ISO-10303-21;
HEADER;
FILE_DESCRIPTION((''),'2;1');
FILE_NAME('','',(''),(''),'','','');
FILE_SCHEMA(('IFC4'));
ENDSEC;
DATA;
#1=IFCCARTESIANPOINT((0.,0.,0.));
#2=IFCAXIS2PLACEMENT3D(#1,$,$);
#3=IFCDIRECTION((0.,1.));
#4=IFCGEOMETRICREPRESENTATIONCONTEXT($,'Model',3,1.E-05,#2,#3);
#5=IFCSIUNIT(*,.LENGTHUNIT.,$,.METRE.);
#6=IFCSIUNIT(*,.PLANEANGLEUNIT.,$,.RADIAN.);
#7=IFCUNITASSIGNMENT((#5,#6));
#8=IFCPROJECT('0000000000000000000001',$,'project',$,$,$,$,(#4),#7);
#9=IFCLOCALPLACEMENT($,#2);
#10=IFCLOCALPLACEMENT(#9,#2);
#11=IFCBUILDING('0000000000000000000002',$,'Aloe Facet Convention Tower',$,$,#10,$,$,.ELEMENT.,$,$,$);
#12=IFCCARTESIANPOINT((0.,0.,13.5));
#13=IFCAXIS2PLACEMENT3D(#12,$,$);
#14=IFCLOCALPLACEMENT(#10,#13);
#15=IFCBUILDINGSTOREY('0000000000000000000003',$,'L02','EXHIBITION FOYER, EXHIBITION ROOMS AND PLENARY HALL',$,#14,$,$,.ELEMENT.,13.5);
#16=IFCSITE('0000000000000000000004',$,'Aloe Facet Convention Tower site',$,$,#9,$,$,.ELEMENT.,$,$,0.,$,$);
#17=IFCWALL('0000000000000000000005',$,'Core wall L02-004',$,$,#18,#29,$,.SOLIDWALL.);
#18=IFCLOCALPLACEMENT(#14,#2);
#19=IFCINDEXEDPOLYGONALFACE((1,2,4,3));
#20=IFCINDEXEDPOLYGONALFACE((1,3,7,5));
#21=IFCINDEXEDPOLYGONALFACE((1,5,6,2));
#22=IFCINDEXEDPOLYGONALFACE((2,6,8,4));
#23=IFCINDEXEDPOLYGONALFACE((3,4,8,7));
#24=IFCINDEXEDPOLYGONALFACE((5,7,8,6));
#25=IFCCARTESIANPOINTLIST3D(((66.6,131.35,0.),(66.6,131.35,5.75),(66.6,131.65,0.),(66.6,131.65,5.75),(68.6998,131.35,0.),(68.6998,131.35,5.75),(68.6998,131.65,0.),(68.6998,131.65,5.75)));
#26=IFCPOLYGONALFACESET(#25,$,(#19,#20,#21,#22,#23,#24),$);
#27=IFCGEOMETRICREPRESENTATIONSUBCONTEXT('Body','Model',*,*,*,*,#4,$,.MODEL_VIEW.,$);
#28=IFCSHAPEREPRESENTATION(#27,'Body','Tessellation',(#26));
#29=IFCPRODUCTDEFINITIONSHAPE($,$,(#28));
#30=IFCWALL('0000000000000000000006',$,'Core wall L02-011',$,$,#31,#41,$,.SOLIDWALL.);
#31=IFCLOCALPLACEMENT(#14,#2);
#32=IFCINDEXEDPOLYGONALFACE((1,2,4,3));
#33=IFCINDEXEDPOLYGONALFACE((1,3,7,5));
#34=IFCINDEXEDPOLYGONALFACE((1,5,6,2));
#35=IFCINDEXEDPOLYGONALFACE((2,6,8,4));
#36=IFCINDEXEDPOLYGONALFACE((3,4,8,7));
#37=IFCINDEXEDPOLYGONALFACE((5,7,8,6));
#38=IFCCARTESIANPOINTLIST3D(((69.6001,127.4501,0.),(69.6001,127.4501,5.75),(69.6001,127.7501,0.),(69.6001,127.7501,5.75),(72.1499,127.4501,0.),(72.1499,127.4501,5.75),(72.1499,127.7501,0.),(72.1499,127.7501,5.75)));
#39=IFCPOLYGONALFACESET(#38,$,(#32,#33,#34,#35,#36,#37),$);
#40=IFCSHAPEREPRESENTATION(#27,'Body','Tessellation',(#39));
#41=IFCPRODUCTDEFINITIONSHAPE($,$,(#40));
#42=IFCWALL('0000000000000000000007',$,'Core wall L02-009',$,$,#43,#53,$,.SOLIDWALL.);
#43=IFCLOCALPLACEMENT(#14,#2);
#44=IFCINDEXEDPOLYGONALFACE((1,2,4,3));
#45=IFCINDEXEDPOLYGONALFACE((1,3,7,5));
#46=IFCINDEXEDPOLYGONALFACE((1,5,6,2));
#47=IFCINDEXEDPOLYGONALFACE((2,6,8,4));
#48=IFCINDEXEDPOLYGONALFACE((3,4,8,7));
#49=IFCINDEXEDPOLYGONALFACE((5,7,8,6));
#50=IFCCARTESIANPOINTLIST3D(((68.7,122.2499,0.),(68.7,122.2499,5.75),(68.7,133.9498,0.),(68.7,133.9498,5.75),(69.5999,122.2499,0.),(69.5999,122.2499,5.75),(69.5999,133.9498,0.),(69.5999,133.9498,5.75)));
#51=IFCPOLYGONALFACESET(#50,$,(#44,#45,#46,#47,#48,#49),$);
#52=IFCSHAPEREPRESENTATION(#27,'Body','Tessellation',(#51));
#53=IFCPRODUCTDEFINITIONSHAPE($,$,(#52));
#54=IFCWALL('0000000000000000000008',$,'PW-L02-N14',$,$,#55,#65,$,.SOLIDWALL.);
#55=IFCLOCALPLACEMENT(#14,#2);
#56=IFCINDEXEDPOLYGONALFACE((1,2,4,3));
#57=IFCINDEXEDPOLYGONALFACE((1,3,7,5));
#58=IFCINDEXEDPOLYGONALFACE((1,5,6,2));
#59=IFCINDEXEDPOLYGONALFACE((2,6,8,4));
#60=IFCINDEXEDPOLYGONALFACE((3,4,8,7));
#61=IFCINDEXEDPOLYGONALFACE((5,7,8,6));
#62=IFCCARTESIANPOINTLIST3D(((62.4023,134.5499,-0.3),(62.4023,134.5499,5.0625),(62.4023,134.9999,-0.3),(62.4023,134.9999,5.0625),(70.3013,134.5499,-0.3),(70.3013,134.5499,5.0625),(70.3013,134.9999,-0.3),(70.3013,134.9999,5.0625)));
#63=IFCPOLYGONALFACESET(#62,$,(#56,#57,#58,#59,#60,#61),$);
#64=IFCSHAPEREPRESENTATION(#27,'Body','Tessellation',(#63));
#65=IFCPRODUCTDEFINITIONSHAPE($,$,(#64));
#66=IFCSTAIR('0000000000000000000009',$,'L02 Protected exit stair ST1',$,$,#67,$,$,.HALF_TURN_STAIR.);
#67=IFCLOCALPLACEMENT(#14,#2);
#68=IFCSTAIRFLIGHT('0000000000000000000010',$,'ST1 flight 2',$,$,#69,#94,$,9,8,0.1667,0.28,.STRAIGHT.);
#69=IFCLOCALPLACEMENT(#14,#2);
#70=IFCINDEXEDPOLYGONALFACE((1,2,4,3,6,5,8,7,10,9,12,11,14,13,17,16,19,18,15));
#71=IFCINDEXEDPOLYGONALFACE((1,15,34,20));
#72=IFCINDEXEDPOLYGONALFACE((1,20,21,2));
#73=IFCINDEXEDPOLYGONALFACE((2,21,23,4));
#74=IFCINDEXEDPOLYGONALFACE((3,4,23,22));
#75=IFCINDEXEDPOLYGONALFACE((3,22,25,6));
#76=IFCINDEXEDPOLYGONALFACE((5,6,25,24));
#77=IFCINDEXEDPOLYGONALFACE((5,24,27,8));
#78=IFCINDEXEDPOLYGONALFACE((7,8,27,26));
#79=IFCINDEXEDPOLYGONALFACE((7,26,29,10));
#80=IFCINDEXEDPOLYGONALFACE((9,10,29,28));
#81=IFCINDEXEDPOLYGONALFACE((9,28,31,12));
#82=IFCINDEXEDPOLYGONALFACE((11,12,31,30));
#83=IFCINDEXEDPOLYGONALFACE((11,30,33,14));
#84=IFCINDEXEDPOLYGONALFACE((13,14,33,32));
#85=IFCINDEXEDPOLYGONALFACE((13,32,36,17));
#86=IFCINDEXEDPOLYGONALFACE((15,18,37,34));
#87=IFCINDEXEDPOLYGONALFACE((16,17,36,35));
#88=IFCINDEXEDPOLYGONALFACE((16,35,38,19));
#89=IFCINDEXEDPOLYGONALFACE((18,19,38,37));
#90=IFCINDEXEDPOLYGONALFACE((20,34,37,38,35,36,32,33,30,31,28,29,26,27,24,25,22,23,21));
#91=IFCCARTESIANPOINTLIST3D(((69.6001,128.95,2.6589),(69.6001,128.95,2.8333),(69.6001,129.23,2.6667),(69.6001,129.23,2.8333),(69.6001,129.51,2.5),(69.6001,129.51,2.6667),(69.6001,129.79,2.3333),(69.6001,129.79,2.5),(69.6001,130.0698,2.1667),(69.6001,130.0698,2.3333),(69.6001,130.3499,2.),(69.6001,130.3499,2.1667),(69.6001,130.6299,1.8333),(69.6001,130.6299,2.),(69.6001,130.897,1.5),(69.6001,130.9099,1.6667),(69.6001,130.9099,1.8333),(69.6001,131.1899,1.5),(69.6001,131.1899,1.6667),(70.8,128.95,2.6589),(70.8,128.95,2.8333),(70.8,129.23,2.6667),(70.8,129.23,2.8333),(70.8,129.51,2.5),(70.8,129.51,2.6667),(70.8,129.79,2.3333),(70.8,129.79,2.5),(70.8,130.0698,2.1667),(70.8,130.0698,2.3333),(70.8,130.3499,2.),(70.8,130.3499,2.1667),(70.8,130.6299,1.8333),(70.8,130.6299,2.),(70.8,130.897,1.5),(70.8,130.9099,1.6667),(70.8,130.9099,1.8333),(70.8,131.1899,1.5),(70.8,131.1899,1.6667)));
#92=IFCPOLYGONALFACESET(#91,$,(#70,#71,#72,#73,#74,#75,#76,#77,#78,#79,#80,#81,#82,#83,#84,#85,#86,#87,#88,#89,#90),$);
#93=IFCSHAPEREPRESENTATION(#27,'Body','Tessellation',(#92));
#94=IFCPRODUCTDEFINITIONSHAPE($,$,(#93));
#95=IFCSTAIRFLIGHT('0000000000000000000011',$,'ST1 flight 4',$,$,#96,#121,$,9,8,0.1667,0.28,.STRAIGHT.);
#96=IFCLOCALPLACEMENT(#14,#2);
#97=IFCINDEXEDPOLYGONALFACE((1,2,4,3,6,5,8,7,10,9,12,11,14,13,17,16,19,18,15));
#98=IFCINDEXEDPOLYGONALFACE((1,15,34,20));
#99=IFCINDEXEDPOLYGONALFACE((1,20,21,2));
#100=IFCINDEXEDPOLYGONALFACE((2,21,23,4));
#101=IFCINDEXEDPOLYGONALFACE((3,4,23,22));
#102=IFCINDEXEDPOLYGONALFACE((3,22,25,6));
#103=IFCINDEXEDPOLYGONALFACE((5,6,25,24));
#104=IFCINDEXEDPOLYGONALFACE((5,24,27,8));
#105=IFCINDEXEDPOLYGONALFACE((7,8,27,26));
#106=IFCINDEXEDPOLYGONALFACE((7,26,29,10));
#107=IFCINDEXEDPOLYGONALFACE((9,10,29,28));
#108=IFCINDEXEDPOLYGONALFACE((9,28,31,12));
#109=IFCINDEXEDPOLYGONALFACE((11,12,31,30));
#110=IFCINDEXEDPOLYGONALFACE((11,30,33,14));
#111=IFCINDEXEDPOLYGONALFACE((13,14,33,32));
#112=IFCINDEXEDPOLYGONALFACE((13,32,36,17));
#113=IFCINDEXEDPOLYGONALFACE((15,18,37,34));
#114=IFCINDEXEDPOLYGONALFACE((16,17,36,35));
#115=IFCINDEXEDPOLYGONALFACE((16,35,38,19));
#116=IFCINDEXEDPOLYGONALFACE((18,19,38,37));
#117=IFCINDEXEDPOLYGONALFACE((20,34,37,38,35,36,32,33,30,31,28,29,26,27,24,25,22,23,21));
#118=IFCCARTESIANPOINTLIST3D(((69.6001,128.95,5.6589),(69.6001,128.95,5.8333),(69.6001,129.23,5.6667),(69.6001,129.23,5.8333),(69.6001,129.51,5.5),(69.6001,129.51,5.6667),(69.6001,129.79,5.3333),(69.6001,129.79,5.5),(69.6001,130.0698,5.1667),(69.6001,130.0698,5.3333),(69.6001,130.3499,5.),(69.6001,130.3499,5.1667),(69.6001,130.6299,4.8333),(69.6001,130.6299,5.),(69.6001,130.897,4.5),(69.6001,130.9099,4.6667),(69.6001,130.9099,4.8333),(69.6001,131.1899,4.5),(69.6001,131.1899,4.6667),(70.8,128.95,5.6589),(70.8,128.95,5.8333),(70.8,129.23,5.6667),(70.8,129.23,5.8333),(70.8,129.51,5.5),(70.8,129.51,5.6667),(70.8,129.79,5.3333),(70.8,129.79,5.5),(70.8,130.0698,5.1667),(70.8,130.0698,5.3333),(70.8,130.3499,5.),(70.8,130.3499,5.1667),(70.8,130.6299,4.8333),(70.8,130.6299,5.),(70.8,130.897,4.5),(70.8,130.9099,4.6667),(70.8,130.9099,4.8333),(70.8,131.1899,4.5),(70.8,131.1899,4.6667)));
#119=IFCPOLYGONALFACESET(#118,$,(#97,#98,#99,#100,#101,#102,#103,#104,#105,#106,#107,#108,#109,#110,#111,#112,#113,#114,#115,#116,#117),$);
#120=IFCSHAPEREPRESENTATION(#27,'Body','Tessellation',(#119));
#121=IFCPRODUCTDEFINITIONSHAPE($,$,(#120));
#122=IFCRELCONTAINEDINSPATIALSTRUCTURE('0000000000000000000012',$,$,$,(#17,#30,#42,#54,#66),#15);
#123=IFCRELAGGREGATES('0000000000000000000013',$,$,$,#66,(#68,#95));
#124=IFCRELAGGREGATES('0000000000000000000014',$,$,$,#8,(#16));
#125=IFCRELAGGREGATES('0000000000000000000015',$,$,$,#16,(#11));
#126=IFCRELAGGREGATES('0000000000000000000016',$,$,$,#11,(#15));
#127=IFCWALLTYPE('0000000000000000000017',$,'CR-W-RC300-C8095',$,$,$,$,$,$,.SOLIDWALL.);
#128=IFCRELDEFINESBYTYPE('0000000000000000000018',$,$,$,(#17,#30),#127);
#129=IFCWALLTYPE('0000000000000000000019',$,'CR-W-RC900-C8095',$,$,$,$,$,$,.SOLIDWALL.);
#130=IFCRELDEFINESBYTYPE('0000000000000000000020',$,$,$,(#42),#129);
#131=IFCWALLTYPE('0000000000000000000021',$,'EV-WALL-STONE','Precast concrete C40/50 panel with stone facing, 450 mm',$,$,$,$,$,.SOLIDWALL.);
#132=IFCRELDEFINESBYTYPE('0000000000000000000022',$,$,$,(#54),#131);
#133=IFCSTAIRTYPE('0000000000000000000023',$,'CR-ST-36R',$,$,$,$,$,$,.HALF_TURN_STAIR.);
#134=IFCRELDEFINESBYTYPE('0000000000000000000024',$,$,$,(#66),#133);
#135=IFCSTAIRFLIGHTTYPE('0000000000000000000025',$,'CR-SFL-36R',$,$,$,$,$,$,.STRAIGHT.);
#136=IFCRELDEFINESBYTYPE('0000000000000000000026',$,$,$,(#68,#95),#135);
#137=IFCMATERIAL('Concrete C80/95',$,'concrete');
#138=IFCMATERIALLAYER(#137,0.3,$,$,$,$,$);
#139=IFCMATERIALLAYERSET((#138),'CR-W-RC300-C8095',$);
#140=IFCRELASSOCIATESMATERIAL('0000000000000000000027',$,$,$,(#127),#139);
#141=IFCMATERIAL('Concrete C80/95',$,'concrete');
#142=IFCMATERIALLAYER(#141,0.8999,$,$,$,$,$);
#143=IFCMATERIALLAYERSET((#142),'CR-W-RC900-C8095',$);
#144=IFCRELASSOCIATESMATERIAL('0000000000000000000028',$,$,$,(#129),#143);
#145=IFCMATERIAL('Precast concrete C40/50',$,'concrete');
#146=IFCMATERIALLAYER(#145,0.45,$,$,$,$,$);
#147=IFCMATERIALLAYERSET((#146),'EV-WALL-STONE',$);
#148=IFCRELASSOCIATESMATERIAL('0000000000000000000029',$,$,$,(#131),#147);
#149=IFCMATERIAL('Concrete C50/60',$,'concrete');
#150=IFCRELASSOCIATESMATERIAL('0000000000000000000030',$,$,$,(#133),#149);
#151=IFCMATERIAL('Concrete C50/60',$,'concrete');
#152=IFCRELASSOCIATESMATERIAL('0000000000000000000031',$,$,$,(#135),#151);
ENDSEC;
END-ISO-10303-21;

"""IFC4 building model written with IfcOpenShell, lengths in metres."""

from ifc_helpers import new_model, si_unit, direction, frame, frame_2d, origin, place, context, subcontext, project, spatial, polyline, rectangle, outline, extrude, material, layer, layer_set, type_object, element, aggregate, save


model = new_model("IFC4")

# Units and contexts
model_context = context("Model", 3, precision=1e-05, world=origin(), true_north=direction((0.0, 1.0)))
body_context = subcontext(model_context, "Body", "Model", "MODEL_VIEW")
ifc_project = project(units=[si_unit("LENGTHUNIT", "METRE"), si_unit("PLANEANGLEUNIT", "RADIAN")], contexts=[model_context])

# Site, building, storey
site_placement = place(None, origin())
site = spatial("IfcSite", under=ifc_project, at=site_placement, Name="Aloe Facet Convention Tower site", CompositionType="ELEMENT", RefElevation=0.0)
building_placement = place(site_placement, origin())
building = spatial("IfcBuilding", under=site, at=building_placement, Name="Aloe Facet Convention Tower", CompositionType="ELEMENT")
storey_placement = place(building_placement, frame((0.0, 0.0, 13.5)))
storey = spatial("IfcBuildingStorey", under=building, at=storey_placement, Name="L02", Description="EXHIBITION FOYER, EXHIBITION ROOMS AND PLENARY HALL", CompositionType="ELEMENT", Elevation=13.5)

# Walls
ifc_material_1 = material(Name="Concrete C80/95", Category="concrete")
ifc_layer_1 = layer(ifc_material_1, 0.3)
ifc_layer_set_1 = layer_set([ifc_layer_1], Name="CR-W-RC300-C8095")
wall_type_1 = type_object("IfcWallType", Name="CR-W-RC300-C8095", PredefinedType="SOLIDWALL", material=ifc_layer_set_1)
wall_1_placement = place(storey_placement, frame((66.6001, 131.5, 0.0), z_axis=(0.0, 0.0, 1.0), x_axis=(1.0, 0.0, 0.0)))
element("IfcWall", 1, at=wall_1_placement, inside=storey, type_object=wall_type_1, Name="Core wall L02-004", PredefinedType="SOLIDWALL", context=body_context, shape_type="SweptSolid", body=[
    extrude(rectangle(XDim=2.0999, YDim=0.3, at=frame_2d((1.0498, 0.0))), origin(), (0.0, 0.0, 1.0), 5.75),
])
wall_2_placement = place(storey_placement, frame((69.6001, 127.6001, 0.0), z_axis=(0.0, 0.0, 1.0), x_axis=(1.0, 0.0, 0.0)))
element("IfcWall", 2, at=wall_2_placement, inside=storey, type_object=wall_type_1, Name="Core wall L02-011", PredefinedType="SOLIDWALL", context=body_context, shape_type="SweptSolid", body=[
    extrude(rectangle(XDim=2.5498, YDim=0.3, at=frame_2d((1.2749, 0.0))), origin(), (0.0, 0.0, 1.0), 5.75),
])
ifc_material_2 = material(Name="Concrete C80/95", Category="concrete")
ifc_layer_2 = layer(ifc_material_2, 0.8999)
ifc_layer_set_2 = layer_set([ifc_layer_2], Name="CR-W-RC900-C8095")
wall_type_2 = type_object("IfcWallType", Name="CR-W-RC900-C8095", PredefinedType="SOLIDWALL", material=ifc_layer_set_2)
wall_3_placement = place(storey_placement, frame((69.1499, 133.95, 0.0), z_axis=(0.0, 0.0, 1.0), x_axis=(0.0, -1.0, 0.0)))
element("IfcWall", 3, at=wall_3_placement, inside=storey, type_object=wall_type_2, Name="Core wall L02-009", PredefinedType="SOLIDWALL", context=body_context, shape_type="SweptSolid", body=[
    extrude(rectangle(XDim=11.7, YDim=0.8999, at=frame_2d((5.8501, 0.0))), origin(), (0.0, 0.0, 1.0), 5.75),
])
ifc_material_3 = material(Name="Precast concrete C40/50", Category="concrete")
ifc_layer_3 = layer(ifc_material_3, 0.45)
ifc_layer_set_3 = layer_set([ifc_layer_3], Name="EV-WALL-STONE")
wall_type_3 = type_object("IfcWallType", Name="EV-WALL-STONE", Description="Precast concrete C40/50 panel with stone facing, 450 mm", PredefinedType="SOLIDWALL", material=ifc_layer_set_3)
wall_4_placement = place(storey_placement, frame((70.3013, 134.7749, -0.3), z_axis=(0.0, 0.0, 1.0), x_axis=(-1.0, 0.0, 0.0)))
element("IfcWall", 4, at=wall_4_placement, inside=storey, type_object=wall_type_3, Name="PW-L02-N14", PredefinedType="SOLIDWALL", context=body_context, shape_type="SweptSolid", body=[
    extrude(rectangle(XDim=7.8989, YDim=0.45, at=frame_2d((3.9495, 0.0))), origin(), (0.0, 0.0, 1.0), 5.3625),
])

# Stair, stair flights
ifc_material_4 = material(Name="Concrete C50/60", Category="concrete")
stair_type = type_object("IfcStairType", Name="CR-ST-36R", PredefinedType="HALF_TURN_STAIR", material=ifc_material_4)
stair_placement = place(storey_placement, origin())
stair = element("IfcStair", 5, at=stair_placement, inside=storey, type_object=stair_type, Name="L02 Protected exit stair ST1", PredefinedType="HALF_TURN_STAIR")
ifc_material_5 = material(Name="Concrete C50/60", Category="concrete")
stair_flight_type = type_object("IfcStairFlightType", Name="CR-SFL-36R", PredefinedType="STRAIGHT", material=ifc_material_5)
stair_flight_1_placement = place(storey_placement, frame((70.2, 131.1899, 1.5), z_axis=(0.0, 0.0, 1.0), x_axis=(0.0, -1.0, 0.0)))
stair_flight_1 = element("IfcStairFlight", 6, at=stair_flight_1_placement, type_object=stair_flight_type, Name="ST1 flight 2", NumberOfRisers=9, NumberOfTreads=8, PredefinedType="STRAIGHT", RiserHeight=0.1667, TreadLength=0.28, context=body_context, shape_type="SweptSolid", body=[
    extrude(outline(polyline([(0.0, 0.0), (0.0, 0.1667), (0.28, 0.1667), (0.28, 0.3333), (0.5601, 0.3333), (0.5601, 0.5), (0.8401, 0.5), (0.8401, 0.6667), (1.1201, 0.6667), (1.1201, 0.8333), (1.3999, 0.8333), (1.3999, 1.0), (1.6799, 1.0), (1.6799, 1.1667), (1.96, 1.1667), (1.96, 1.3333), (2.24, 1.3333), (2.24, 1.5), (2.24, 1.1589), (0.293, 0.0), (0.0, 0.0)])), frame((0.0, 0.6001, 0.0), z_axis=(0.0, -1.0, 0.0), x_axis=(1.0, 0.0, 0.0)), (0.0, 0.0, 1.0), 1.2),
])
stair_flight_2_placement = place(storey_placement, frame((70.2, 131.1899, 4.5), z_axis=(0.0, 0.0, 1.0), x_axis=(0.0, -1.0, 0.0)))
stair_flight_2 = element("IfcStairFlight", 7, at=stair_flight_2_placement, type_object=stair_flight_type, Name="ST1 flight 4", NumberOfRisers=9, NumberOfTreads=8, PredefinedType="STRAIGHT", RiserHeight=0.1667, TreadLength=0.28, context=body_context, shape_type="SweptSolid", body=[
    extrude(outline(polyline([(0.0, 0.0), (0.0, 0.1667), (0.28, 0.1667), (0.28, 0.3333), (0.5601, 0.3333), (0.5601, 0.5), (0.8401, 0.5), (0.8401, 0.6667), (1.1201, 0.6667), (1.1201, 0.8333), (1.3999, 0.8333), (1.3999, 1.0), (1.6799, 1.0), (1.6799, 1.1667), (1.96, 1.1667), (1.96, 1.3333), (2.24, 1.3333), (2.24, 1.5), (2.24, 1.1589), (0.293, 0.0), (0.0, 0.0)])), frame((0.0, 0.6001, 0.0), z_axis=(0.0, -1.0, 0.0), x_axis=(1.0, 0.0, 0.0)), (0.0, 0.0, 1.0), 1.2),
])
aggregate(stair, [stair_flight_1, stair_flight_2])

save(model, "model.ifc")
